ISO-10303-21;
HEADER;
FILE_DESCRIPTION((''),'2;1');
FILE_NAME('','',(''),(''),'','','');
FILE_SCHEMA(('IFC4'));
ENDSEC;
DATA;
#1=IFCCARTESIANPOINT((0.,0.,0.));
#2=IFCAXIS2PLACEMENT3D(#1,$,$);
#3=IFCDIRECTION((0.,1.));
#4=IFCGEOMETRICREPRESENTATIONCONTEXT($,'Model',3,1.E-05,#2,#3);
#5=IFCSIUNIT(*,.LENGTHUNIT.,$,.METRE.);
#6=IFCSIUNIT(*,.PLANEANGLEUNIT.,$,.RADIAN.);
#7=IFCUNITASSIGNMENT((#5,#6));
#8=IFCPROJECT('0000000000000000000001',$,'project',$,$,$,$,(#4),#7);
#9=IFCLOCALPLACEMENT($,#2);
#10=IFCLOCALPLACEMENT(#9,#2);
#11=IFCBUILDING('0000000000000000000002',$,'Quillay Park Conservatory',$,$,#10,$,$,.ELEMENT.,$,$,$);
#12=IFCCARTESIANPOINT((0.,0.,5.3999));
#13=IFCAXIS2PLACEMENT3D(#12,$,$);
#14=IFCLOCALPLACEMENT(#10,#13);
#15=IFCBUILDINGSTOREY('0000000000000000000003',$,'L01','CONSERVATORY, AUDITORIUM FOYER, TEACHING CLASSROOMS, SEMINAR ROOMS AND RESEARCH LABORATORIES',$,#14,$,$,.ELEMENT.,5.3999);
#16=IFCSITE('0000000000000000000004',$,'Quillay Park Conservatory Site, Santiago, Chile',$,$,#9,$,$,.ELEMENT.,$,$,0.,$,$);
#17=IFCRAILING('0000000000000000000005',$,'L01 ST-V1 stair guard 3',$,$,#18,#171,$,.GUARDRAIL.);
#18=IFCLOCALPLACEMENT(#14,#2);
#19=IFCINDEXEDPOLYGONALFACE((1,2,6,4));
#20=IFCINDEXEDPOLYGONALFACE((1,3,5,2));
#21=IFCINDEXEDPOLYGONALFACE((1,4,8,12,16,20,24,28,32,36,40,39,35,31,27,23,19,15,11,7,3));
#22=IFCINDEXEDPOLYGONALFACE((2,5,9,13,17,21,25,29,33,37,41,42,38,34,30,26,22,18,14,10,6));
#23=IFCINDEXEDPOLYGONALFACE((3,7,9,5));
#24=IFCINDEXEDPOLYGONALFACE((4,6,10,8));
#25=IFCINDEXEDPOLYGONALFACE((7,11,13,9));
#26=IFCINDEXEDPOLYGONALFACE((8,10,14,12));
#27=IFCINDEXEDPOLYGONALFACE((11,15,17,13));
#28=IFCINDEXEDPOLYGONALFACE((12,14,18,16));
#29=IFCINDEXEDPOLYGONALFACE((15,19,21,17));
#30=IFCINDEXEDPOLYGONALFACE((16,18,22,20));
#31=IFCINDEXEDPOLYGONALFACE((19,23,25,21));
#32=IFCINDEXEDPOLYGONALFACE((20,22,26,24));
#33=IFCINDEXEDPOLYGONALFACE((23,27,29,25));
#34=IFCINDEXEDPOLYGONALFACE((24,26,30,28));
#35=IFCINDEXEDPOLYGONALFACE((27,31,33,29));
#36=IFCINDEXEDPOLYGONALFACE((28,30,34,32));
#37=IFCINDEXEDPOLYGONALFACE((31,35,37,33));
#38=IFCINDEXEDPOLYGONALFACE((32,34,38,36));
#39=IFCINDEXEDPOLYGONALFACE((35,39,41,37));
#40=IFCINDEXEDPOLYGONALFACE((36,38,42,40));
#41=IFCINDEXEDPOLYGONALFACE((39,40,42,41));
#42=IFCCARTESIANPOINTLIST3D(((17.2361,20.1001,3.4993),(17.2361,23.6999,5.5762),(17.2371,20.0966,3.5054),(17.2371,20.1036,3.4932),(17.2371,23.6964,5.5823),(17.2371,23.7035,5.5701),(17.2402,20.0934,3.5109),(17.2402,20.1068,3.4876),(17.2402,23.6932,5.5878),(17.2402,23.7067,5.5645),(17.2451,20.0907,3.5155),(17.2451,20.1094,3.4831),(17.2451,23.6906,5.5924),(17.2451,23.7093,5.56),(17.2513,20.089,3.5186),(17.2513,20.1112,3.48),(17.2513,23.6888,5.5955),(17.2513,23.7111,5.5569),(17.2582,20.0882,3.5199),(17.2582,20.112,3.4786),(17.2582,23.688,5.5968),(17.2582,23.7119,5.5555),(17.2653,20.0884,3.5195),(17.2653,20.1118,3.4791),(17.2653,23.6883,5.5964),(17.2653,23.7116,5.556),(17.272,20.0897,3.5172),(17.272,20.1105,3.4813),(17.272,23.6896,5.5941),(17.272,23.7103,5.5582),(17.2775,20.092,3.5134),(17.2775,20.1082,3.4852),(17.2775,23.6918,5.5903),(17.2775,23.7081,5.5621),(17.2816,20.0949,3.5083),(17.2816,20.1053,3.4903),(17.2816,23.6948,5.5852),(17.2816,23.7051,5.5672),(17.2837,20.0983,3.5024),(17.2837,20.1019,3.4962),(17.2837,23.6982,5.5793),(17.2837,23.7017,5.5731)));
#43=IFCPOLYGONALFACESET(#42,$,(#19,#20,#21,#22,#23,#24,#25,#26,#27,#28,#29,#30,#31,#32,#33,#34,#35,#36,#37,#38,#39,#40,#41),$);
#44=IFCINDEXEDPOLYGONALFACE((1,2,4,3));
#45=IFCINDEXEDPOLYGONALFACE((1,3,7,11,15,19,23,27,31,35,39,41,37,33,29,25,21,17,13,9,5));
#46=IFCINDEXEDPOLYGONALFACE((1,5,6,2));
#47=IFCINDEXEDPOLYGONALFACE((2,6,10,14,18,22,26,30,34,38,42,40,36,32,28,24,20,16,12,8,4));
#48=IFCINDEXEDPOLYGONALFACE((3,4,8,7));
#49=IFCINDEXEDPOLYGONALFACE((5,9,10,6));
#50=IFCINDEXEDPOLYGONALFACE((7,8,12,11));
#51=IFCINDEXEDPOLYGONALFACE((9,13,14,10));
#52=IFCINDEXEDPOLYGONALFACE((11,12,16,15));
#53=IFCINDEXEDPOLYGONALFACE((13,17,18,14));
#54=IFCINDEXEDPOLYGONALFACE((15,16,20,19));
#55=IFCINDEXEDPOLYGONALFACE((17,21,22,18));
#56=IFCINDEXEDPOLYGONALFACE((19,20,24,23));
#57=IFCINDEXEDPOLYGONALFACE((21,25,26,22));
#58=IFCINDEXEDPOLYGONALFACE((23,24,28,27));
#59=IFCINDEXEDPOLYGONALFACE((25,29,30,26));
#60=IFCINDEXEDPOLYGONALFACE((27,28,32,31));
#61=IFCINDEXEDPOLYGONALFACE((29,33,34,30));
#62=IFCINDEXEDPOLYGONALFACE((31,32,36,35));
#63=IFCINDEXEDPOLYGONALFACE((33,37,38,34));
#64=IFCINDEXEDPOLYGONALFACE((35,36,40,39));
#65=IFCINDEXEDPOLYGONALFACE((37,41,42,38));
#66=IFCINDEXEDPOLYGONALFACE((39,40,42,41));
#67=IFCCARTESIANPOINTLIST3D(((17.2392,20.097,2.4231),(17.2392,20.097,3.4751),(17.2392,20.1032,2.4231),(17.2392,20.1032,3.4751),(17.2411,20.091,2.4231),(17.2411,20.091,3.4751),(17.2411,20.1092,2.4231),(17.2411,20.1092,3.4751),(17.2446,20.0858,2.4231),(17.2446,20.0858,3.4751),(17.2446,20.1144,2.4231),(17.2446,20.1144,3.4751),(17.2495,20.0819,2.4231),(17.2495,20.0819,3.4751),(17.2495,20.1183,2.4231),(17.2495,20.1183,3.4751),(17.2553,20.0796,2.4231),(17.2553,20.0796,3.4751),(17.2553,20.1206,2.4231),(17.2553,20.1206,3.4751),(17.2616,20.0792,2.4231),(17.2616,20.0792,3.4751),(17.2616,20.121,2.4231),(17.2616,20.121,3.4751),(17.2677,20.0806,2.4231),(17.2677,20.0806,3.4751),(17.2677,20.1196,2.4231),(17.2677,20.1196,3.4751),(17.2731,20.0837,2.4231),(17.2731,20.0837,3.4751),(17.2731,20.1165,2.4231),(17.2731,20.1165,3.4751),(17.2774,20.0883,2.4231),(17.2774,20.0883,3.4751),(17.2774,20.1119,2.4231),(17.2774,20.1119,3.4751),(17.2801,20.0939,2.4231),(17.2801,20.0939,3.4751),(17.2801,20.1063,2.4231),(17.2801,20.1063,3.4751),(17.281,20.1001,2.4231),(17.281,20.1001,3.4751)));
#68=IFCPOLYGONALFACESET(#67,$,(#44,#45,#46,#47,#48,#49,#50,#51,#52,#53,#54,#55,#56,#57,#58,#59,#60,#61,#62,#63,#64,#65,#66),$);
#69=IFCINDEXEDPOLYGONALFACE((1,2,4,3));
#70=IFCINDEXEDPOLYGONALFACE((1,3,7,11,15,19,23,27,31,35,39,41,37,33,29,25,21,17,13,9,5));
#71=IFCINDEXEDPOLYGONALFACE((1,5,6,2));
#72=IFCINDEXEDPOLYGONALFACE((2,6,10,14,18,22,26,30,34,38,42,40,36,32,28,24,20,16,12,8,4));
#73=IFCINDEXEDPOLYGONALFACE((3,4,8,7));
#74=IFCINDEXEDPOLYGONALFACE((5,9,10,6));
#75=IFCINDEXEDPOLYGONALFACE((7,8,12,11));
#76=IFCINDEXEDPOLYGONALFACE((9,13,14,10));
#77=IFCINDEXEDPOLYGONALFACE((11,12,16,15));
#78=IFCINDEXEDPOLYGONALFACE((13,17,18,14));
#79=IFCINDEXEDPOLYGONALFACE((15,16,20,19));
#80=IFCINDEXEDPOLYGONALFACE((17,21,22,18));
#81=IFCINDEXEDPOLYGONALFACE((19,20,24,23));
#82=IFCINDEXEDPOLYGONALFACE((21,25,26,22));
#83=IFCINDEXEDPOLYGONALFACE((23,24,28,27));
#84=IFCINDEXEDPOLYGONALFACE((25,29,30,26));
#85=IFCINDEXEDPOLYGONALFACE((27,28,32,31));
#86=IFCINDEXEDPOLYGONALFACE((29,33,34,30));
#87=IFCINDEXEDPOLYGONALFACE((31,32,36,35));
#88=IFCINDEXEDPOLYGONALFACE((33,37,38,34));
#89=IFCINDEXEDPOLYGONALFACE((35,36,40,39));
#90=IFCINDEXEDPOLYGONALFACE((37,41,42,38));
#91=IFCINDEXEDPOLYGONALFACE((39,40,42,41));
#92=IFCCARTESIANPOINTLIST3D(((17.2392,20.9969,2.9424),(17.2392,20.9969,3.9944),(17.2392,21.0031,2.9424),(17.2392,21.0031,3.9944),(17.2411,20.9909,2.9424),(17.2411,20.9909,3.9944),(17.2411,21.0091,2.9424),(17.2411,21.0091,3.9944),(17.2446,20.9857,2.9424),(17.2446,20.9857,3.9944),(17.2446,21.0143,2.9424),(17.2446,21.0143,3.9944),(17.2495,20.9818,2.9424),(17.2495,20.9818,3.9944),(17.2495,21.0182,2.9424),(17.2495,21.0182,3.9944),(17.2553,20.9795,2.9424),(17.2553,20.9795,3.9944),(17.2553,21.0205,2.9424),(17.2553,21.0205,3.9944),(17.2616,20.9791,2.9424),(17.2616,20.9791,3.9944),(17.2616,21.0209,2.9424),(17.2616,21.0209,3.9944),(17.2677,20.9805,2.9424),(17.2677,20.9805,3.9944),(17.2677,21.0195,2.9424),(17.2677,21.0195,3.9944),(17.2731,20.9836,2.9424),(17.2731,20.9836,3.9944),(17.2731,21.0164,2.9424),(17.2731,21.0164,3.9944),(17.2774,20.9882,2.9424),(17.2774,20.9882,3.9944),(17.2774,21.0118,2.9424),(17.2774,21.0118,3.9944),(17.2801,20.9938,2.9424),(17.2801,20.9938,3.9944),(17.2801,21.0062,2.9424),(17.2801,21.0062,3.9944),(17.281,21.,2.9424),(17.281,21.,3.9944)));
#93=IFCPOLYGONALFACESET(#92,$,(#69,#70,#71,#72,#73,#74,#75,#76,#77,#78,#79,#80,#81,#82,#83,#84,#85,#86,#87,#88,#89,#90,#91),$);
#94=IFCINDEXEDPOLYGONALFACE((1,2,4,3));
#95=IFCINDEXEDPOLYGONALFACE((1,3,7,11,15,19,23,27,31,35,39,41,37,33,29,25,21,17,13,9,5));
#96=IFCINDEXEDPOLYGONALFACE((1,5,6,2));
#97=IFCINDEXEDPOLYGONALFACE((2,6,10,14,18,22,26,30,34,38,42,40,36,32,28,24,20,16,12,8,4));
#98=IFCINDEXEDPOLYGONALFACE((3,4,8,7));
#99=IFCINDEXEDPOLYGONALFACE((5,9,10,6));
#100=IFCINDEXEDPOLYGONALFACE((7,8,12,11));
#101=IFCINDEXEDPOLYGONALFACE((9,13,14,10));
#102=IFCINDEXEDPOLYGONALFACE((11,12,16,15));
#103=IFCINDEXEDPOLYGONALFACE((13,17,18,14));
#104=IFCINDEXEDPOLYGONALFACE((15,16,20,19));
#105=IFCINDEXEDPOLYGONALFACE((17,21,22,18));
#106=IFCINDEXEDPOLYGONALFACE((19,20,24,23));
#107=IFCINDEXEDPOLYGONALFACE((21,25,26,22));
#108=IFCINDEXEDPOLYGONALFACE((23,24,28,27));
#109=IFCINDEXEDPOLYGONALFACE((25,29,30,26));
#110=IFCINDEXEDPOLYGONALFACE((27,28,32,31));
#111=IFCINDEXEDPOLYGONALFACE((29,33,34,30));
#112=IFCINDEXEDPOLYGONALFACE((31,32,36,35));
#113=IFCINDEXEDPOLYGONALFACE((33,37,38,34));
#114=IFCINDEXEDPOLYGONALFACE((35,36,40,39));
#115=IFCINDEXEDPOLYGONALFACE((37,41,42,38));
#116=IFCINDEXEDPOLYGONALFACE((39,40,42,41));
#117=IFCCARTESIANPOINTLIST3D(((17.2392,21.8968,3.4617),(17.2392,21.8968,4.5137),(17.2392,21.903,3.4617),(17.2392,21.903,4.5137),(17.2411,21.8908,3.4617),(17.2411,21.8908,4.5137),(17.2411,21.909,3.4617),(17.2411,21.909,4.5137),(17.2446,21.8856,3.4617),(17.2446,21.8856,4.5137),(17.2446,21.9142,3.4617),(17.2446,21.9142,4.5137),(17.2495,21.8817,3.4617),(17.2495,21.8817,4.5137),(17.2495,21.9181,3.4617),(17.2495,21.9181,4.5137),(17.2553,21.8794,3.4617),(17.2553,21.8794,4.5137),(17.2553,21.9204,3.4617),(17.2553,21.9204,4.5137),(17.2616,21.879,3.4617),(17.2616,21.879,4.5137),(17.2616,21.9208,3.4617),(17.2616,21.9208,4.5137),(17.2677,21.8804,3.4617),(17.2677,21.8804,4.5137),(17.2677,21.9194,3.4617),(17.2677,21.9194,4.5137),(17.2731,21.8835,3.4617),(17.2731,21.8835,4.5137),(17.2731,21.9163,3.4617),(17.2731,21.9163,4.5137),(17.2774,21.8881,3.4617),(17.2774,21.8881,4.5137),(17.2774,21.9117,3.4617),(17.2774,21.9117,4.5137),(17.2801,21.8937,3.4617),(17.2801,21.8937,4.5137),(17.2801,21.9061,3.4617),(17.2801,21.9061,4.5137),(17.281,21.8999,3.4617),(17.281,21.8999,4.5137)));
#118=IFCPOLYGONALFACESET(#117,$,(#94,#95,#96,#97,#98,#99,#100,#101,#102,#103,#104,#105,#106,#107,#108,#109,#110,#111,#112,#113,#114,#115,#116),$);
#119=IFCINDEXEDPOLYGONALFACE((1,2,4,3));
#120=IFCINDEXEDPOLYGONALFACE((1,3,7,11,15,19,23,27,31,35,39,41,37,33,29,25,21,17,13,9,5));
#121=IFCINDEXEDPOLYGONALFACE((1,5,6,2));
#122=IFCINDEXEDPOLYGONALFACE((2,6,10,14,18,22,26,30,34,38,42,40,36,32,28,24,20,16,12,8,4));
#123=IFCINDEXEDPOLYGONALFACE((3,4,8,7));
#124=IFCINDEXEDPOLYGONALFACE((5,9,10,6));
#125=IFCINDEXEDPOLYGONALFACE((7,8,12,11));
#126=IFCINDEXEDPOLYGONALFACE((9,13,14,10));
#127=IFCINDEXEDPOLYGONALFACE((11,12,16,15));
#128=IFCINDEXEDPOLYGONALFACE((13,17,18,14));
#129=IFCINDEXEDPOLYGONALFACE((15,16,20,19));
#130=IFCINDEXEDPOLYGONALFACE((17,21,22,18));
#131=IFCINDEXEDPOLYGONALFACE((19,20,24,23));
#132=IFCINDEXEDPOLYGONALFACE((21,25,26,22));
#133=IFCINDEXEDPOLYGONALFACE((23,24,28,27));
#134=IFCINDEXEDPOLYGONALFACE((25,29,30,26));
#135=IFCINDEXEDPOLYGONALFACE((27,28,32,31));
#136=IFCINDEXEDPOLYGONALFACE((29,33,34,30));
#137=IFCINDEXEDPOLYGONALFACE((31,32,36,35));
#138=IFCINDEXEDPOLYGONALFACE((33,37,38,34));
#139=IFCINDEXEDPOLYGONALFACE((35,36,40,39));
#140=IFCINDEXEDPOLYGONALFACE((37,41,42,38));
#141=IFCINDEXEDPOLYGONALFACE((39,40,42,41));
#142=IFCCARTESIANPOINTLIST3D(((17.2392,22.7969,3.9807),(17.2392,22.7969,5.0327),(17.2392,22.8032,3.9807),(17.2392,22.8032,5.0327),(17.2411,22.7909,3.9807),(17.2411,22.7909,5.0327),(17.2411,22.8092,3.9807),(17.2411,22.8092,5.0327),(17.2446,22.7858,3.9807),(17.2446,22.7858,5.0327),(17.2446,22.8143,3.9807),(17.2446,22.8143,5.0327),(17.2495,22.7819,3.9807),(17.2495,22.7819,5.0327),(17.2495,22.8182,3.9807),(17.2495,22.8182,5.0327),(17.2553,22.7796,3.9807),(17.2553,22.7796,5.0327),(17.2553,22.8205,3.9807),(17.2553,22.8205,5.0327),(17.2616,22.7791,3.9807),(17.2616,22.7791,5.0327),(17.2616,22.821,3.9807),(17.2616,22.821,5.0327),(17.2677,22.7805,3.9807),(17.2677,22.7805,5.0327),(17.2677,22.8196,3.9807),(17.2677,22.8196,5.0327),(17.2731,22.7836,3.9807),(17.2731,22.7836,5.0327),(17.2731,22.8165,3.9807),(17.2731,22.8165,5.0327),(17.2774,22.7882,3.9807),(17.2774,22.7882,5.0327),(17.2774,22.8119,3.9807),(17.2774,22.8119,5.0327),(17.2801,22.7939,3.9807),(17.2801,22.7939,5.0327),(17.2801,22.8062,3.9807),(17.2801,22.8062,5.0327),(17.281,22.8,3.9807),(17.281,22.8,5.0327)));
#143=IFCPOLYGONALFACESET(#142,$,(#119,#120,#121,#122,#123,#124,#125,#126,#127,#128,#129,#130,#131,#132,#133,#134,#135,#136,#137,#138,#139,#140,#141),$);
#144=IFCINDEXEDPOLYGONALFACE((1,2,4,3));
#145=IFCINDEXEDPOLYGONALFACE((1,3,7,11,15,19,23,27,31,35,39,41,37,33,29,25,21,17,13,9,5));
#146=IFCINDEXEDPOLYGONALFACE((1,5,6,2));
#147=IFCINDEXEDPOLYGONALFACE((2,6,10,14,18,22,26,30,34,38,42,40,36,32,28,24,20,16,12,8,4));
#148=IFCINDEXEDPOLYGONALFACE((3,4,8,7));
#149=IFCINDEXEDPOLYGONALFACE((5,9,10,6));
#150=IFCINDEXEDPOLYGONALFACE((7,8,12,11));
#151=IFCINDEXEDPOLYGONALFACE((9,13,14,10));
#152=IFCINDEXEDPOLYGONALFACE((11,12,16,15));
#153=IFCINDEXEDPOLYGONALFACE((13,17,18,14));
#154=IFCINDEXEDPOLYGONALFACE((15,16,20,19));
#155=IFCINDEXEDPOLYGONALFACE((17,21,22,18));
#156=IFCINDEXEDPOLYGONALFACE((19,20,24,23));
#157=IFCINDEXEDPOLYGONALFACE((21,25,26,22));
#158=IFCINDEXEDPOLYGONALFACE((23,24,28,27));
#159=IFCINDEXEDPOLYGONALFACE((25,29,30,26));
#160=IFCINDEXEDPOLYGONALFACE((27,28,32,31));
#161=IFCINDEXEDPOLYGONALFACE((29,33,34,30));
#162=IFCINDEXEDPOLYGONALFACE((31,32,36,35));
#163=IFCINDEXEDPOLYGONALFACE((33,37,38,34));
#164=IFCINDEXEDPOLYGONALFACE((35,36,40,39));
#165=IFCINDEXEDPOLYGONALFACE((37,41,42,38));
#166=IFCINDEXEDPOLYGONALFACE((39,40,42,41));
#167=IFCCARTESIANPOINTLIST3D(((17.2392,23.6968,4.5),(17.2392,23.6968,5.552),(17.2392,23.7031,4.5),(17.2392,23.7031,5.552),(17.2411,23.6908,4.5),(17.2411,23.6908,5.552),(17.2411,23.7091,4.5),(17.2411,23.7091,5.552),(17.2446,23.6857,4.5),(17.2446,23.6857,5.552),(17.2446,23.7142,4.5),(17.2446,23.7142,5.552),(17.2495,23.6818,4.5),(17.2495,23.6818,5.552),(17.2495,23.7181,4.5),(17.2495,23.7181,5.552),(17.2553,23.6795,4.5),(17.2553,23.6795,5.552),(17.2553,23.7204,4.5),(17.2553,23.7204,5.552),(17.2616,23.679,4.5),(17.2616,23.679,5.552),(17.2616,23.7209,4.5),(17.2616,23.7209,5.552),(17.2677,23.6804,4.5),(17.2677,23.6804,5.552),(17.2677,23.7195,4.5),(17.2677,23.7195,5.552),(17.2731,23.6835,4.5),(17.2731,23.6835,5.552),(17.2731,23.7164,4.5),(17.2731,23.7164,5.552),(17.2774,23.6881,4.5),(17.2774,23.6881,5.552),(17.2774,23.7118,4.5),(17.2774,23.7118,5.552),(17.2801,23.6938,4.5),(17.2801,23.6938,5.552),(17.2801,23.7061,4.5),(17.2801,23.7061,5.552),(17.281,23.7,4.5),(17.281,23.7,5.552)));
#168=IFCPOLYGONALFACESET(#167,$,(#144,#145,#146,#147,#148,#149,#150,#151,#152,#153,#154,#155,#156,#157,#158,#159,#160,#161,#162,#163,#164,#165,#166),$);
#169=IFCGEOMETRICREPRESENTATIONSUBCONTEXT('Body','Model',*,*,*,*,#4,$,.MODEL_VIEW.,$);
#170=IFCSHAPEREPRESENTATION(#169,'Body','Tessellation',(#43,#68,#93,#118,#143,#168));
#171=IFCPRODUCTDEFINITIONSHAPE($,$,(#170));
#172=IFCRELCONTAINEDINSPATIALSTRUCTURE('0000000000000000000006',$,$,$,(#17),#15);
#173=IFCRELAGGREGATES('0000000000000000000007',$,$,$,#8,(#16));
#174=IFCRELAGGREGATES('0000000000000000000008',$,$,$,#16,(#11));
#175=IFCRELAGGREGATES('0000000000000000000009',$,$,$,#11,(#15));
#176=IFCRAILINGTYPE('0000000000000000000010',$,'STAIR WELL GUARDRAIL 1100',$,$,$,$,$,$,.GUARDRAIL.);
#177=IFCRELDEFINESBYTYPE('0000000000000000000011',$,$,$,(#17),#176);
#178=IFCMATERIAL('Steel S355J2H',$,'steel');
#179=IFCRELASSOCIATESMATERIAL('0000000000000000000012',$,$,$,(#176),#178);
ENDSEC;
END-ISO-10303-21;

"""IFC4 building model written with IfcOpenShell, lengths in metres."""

from ifc_helpers import new_model, si_unit, direction, frame, origin, origin_2d, place, context, subcontext, project, spatial, circle, extrude, material, type_object, element, save


model = new_model("IFC4")

# Units and contexts
model_context = context("Model", 3, precision=1e-05, world=origin(), true_north=direction((0.0, 1.0)))
body_context = subcontext(model_context, "Body", "Model", "MODEL_VIEW")
ifc_project = project(units=[si_unit("LENGTHUNIT", "METRE"), si_unit("PLANEANGLEUNIT", "RADIAN")], contexts=[model_context])

# Site, building, storey
site_placement = place(None, origin())
site = spatial("IfcSite", under=ifc_project, at=site_placement, Name="Quillay Park Conservatory Site, Santiago, Chile", CompositionType="ELEMENT", RefElevation=0.0)
building_placement = place(site_placement, origin())
building = spatial("IfcBuilding", under=site, at=building_placement, Name="Quillay Park Conservatory", CompositionType="ELEMENT")
storey_placement = place(building_placement, frame((0.0, 0.0, 5.3999)))
storey = spatial("IfcBuildingStorey", under=building, at=storey_placement, Name="L01", Description="CONSERVATORY, AUDITORIUM FOYER, TEACHING CLASSROOMS, SEMINAR ROOMS AND RESEARCH LABORATORIES", CompositionType="ELEMENT", Elevation=5.3999)

# Railing
ifc_material_1 = material(Name="Steel S355J2H", Category="steel")
railing_type_1 = type_object("IfcRailingType", Name="STAIR WELL GUARDRAIL 1100", PredefinedType="GUARDRAIL", material=ifc_material_1)
railing_1_placement = place(storey_placement, frame((17.26, 20.1001, 2.4231)))
element("IfcRailing", 1, at=railing_1_placement, inside=storey, type_object=railing_type_1, Name="L01 ST-V1 stair guard 3", PredefinedType="GUARDRAIL", context=body_context, shape_type="SweptSolid", body=[
    extrude(circle(Radius=0.0239, at=origin_2d()), frame((0.0, 0.0, 1.0762), z_axis=(0.0, 0.866179, 0.499734), x_axis=(-1.0, 0.0, 0.0)), (0.0, 0.0, 1.0), 4.156),
    extrude(circle(Radius=0.021, at=origin_2d()), origin(), (0.0, 0.0, 1.0), 1.052),
    extrude(circle(Radius=0.021, at=origin_2d()), frame((0.0, 0.8999, 0.5193)), (0.0, 0.0, 1.0), 1.052),
    extrude(circle(Radius=0.021, at=origin_2d()), frame((0.0, 1.7998, 1.0386)), (0.0, 0.0, 1.0), 1.052),
    extrude(circle(Radius=0.021, at=origin_2d()), frame((0.0, 2.7, 1.5576)), (0.0, 0.0, 1.0), 1.052),
    extrude(circle(Radius=0.021, at=origin_2d()), frame((0.0, 3.5999, 2.0769)), (0.0, 0.0, 1.0), 1.052),
])

save(model, "model.ifc")
